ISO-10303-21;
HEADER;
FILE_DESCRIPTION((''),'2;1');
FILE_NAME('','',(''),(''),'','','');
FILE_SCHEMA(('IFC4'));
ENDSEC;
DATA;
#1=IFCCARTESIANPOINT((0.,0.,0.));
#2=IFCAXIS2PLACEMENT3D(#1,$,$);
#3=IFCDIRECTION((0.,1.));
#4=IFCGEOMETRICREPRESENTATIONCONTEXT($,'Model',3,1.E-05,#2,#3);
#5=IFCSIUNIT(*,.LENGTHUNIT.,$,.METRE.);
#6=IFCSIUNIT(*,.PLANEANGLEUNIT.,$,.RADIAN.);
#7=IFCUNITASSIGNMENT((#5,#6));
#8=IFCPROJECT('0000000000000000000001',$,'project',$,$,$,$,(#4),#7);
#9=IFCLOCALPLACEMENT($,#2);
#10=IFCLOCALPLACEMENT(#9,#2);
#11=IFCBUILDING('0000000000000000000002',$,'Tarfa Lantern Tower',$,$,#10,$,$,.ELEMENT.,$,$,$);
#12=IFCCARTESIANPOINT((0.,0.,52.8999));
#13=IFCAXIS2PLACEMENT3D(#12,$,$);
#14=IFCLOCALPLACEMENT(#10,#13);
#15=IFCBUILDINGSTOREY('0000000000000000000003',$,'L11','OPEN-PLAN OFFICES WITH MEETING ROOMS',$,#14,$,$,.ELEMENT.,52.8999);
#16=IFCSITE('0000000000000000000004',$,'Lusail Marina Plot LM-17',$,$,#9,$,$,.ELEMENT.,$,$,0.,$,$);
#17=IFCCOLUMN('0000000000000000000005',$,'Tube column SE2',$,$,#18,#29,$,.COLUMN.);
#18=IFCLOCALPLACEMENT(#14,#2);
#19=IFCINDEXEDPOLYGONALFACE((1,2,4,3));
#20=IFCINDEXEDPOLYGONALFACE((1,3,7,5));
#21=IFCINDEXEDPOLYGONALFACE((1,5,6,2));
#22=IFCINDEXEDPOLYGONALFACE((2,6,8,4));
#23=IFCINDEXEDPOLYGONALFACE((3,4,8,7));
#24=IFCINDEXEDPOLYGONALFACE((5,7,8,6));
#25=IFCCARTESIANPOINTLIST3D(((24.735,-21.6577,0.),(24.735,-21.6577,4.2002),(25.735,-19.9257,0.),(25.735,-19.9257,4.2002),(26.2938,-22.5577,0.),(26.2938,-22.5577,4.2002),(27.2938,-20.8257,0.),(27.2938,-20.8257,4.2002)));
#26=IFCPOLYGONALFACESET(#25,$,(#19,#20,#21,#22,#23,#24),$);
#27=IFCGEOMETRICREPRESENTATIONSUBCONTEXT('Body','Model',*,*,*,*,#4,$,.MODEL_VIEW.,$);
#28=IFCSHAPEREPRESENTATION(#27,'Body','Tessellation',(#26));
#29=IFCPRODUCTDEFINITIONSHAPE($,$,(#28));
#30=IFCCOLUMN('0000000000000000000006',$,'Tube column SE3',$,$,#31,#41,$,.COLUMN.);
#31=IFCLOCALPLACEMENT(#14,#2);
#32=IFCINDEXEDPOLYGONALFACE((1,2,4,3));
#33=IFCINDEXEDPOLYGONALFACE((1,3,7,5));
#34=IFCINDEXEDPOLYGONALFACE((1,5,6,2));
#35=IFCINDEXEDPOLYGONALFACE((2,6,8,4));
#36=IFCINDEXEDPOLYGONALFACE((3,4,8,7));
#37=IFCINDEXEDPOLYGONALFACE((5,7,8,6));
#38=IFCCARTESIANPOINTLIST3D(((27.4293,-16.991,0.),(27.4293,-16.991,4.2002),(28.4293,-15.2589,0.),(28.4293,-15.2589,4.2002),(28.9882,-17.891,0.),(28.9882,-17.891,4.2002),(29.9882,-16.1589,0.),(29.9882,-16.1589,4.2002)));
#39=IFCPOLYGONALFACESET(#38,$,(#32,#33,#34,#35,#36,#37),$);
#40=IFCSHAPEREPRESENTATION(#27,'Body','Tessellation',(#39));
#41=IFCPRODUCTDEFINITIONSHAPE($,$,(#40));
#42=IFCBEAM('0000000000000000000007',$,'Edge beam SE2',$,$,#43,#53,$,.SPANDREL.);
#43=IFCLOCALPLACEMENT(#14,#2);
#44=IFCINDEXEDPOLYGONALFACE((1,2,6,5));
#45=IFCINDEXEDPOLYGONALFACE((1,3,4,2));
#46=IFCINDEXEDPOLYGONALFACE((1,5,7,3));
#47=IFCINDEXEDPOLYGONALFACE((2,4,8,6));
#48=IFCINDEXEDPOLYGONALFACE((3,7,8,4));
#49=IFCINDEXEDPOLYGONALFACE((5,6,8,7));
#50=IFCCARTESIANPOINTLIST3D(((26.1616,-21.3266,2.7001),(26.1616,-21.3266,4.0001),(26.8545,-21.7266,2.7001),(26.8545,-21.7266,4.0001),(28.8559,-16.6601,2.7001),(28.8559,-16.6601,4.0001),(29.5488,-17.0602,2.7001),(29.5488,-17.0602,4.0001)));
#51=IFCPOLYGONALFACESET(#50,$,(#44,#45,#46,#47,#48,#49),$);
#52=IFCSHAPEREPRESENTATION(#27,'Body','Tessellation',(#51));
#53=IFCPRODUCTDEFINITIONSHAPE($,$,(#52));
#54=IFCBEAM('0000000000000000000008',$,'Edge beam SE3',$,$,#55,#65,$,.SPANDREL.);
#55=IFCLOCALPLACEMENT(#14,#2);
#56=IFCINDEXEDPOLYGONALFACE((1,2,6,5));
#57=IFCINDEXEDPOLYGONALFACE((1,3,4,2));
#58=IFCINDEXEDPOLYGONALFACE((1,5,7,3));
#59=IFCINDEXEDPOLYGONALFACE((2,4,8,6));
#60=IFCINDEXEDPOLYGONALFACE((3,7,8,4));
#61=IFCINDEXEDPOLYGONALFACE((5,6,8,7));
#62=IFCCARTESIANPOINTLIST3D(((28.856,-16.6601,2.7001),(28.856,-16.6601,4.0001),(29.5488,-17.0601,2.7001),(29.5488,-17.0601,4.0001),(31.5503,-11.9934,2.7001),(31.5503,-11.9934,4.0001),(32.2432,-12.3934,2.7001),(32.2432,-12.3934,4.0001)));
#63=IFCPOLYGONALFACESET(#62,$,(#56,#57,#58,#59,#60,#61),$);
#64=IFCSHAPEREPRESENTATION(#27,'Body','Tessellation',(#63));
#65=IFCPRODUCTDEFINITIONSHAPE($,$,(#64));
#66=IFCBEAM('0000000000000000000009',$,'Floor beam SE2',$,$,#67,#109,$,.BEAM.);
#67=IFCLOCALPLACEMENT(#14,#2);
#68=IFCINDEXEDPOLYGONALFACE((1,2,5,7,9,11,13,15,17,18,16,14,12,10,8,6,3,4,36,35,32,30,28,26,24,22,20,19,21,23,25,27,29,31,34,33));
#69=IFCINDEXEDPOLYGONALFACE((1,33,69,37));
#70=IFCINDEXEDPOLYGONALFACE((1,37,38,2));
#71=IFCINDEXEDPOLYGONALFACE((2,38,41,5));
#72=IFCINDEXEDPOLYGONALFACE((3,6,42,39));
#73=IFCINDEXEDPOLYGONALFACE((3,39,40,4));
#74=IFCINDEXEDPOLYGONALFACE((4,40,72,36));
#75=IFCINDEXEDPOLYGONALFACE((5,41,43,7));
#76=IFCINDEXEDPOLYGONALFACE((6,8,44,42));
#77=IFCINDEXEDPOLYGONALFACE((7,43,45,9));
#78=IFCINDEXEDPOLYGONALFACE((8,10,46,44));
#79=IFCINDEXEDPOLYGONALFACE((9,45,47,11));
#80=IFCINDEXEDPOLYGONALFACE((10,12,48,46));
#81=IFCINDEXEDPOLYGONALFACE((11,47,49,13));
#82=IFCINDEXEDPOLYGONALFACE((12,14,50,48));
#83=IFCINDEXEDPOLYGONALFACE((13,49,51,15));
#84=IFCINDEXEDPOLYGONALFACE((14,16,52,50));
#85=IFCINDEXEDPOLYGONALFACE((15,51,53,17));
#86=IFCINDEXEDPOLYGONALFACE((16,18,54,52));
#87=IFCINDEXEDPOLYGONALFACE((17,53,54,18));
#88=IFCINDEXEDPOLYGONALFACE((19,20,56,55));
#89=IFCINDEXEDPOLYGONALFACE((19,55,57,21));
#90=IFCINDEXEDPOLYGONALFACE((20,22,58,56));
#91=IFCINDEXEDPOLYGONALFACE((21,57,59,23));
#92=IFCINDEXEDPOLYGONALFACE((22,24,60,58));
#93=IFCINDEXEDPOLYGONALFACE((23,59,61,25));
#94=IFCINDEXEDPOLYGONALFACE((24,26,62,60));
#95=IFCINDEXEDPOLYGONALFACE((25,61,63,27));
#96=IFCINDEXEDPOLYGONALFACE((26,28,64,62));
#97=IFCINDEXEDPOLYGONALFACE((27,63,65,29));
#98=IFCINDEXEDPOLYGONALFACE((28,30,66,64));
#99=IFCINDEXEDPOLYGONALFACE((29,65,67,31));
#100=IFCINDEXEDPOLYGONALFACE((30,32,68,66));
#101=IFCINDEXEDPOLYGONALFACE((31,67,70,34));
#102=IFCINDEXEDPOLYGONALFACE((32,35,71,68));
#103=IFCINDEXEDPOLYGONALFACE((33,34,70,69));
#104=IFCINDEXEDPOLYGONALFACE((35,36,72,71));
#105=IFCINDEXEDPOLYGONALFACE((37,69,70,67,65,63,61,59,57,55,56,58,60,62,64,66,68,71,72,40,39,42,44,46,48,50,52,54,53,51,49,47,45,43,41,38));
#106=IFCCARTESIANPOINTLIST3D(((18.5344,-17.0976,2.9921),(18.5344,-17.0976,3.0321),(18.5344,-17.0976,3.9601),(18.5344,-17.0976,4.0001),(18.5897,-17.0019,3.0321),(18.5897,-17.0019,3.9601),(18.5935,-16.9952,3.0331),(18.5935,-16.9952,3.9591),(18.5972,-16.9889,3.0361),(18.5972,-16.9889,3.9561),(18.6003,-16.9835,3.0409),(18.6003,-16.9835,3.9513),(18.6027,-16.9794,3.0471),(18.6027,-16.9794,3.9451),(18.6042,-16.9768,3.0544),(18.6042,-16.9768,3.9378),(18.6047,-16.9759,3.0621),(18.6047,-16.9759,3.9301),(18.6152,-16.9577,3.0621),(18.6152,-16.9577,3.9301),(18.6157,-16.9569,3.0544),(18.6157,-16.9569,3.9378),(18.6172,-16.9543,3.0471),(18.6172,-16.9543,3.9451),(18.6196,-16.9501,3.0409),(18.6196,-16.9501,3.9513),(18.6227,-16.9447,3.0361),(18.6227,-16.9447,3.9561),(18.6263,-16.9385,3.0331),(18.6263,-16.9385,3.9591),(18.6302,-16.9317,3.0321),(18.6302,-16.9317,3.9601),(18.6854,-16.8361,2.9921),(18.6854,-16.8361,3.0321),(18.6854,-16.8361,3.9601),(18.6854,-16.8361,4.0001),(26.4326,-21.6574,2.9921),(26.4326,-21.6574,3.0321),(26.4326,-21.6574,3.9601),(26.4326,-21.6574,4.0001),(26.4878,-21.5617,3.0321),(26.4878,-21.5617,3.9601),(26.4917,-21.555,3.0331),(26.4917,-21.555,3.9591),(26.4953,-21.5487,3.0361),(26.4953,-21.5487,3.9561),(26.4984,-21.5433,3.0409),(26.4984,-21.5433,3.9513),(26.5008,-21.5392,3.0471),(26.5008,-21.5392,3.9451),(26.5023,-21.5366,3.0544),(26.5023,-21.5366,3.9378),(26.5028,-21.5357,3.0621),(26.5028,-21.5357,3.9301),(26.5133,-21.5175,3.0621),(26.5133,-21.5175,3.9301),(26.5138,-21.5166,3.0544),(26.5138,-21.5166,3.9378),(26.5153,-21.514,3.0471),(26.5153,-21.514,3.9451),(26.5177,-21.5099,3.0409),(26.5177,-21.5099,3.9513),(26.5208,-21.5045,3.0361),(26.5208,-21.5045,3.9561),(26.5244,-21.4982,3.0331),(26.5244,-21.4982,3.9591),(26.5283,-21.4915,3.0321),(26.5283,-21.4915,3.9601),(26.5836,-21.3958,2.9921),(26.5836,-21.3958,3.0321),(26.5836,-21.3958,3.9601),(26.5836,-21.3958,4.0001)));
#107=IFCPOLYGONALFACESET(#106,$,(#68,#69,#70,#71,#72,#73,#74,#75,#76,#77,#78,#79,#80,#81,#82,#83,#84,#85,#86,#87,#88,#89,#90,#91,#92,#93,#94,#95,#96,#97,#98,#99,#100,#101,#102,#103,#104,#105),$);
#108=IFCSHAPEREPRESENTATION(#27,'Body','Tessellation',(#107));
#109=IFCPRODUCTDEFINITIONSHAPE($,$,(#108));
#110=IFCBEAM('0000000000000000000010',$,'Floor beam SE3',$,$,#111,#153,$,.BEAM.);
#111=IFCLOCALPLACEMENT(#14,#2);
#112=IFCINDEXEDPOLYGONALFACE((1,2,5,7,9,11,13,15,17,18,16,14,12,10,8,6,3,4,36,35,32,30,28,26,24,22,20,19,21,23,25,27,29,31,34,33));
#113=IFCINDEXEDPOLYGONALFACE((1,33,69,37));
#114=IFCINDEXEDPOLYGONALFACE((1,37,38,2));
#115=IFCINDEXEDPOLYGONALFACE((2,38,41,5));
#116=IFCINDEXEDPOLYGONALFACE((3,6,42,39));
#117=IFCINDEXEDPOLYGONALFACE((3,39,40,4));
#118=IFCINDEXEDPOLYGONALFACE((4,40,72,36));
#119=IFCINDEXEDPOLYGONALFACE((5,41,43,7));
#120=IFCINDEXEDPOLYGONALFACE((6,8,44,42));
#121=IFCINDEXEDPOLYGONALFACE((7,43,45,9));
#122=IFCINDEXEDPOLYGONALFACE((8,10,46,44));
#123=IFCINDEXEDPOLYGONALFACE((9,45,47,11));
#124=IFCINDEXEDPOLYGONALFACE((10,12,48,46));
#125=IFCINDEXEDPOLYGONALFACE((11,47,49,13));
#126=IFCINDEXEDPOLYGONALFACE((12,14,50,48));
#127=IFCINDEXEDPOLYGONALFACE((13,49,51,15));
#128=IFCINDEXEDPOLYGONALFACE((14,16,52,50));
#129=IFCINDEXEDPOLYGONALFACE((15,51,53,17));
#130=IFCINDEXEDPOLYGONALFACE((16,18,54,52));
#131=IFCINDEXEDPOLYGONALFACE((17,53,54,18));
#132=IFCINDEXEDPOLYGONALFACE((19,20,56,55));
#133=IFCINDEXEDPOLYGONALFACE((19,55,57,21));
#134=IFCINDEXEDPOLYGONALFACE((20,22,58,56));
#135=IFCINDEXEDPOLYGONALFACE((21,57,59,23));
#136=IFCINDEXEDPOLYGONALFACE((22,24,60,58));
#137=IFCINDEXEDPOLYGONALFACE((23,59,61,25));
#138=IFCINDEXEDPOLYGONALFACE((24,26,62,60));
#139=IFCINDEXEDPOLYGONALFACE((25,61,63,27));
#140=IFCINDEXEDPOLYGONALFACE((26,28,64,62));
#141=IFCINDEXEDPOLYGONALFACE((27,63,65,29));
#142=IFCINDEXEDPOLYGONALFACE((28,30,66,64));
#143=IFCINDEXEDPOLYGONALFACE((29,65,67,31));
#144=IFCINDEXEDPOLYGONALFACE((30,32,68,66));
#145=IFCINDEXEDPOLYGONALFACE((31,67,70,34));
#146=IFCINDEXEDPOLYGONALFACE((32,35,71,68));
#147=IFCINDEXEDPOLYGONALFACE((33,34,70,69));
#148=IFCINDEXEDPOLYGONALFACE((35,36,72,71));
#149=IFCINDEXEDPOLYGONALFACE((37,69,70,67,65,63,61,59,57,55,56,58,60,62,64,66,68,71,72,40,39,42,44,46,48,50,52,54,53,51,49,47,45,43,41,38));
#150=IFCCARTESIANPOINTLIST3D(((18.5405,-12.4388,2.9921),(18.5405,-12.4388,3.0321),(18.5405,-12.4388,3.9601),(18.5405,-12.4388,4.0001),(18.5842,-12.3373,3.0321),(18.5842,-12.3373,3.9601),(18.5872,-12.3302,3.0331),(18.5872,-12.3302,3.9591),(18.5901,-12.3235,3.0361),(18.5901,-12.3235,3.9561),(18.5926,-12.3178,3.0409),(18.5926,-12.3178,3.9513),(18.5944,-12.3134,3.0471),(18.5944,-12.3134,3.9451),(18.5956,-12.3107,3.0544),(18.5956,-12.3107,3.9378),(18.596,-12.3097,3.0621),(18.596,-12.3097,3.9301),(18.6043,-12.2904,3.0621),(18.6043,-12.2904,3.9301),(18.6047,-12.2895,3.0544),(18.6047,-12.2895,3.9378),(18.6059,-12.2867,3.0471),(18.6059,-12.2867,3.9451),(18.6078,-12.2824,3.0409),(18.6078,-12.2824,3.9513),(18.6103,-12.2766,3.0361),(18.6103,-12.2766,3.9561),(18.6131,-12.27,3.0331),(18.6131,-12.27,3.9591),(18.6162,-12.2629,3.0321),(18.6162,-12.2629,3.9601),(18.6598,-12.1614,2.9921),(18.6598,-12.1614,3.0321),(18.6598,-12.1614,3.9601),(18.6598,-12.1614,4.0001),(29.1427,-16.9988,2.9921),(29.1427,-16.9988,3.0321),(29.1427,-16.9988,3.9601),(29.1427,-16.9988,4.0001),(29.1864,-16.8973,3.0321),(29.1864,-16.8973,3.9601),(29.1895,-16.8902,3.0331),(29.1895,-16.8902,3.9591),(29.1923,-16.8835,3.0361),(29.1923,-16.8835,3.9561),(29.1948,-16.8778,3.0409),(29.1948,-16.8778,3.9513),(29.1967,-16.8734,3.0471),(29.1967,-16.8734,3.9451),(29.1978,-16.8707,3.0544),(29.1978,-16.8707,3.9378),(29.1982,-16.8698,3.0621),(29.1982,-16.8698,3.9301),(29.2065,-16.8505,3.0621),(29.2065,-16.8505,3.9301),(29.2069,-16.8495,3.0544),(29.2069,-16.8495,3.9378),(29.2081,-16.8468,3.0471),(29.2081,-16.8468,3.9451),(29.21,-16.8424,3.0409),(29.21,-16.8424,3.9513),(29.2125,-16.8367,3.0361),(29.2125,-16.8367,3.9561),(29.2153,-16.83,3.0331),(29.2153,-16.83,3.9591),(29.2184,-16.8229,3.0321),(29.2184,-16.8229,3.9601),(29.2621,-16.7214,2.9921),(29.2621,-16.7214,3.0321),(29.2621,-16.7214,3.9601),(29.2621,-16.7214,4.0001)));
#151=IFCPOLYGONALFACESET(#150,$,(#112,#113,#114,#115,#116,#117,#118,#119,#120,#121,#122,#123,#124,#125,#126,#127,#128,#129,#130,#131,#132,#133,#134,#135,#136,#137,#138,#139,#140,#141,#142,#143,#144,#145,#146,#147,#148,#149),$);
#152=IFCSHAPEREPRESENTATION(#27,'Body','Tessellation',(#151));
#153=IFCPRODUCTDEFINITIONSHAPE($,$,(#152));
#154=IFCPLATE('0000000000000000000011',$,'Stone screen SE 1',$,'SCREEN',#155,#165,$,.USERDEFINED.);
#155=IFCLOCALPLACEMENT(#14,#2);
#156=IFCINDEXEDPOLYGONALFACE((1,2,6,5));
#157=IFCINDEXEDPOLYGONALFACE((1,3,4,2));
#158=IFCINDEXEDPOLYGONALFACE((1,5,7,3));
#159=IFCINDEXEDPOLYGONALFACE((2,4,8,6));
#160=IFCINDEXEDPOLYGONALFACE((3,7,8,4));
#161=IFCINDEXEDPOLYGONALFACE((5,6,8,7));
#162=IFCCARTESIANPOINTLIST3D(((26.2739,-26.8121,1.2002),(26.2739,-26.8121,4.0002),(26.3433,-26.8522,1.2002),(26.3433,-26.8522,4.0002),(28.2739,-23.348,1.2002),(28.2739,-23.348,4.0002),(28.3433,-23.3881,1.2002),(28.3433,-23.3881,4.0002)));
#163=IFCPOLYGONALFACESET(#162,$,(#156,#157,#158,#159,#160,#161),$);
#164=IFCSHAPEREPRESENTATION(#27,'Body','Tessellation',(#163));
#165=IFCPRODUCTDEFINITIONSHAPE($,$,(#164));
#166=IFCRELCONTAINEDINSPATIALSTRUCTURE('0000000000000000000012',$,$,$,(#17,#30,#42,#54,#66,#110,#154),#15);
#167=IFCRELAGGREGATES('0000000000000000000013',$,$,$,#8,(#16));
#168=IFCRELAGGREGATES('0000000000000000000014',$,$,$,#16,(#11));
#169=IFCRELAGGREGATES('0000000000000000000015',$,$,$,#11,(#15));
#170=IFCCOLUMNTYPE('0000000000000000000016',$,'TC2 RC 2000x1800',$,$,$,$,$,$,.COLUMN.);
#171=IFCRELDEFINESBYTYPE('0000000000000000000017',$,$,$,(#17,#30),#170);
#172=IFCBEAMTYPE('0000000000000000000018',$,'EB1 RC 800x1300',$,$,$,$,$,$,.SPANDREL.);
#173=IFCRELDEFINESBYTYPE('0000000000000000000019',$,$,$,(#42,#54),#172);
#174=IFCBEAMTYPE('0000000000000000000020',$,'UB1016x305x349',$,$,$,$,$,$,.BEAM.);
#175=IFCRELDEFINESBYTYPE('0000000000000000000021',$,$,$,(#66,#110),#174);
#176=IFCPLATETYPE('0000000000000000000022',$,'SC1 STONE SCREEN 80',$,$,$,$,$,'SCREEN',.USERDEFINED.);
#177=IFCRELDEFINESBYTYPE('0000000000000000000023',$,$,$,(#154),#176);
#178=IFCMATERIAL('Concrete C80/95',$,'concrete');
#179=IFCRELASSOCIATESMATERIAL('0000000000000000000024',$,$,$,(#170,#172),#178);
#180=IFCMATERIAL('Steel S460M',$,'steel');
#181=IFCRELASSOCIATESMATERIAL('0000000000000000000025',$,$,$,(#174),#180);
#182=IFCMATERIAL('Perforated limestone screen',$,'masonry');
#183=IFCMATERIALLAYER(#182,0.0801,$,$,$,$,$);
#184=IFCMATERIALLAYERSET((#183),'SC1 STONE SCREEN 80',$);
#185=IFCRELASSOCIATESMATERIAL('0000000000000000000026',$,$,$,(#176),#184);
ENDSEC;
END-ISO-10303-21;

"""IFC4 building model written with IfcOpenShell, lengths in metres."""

from ifc_helpers import new_model, si_unit, direction, frame, origin, origin_2d, place, context, subcontext, project, spatial, rectangle, i_section, extrude, material, layer, layer_set, material_profile, profile_set, type_object, element, save


model = new_model("IFC4")

# Units and contexts
model_context = context("Model", 3, precision=1e-05, world=origin(), true_north=direction((0.0, 1.0)))
body_context = subcontext(model_context, "Body", "Model", "MODEL_VIEW")
ifc_project = project(units=[si_unit("LENGTHUNIT", "METRE"), si_unit("PLANEANGLEUNIT", "RADIAN")], contexts=[model_context])

# Site, building, storey
site_placement = place(None, origin())
site = spatial("IfcSite", under=ifc_project, at=site_placement, Name="Lusail Marina Plot LM-17", CompositionType="ELEMENT", RefElevation=0.0)
building_placement = place(site_placement, origin())
building = spatial("IfcBuilding", under=site, at=building_placement, Name="Tarfa Lantern Tower", CompositionType="ELEMENT")
storey_placement = place(building_placement, frame((0.0, 0.0, 52.8999)))
storey = spatial("IfcBuildingStorey", under=building, at=storey_placement, Name="L11", Description="OPEN-PLAN OFFICES WITH MEETING ROOMS", CompositionType="ELEMENT", Elevation=52.8999)

# Columns
ifc_material_1 = material(Name="Concrete C80/95", Category="concrete")
ifc_material_profile_1 = material_profile(ifc_material_1, rectangle(XDim=2.0, YDim=1.8, at=origin_2d()), Name="RC 2000x1800")
ifc_profile_set_1 = profile_set([ifc_material_profile_1], Name="Concrete C80/95")
column_type = type_object("IfcColumnType", Name="TC2 RC 2000x1800", PredefinedType="COLUMN", material=ifc_profile_set_1)
for number, where, z_axis, x_axis, name in (
    (1, (26.0144, -21.2417, 0.0), (0.0, 0.0, 1.0), (0.5, 0.866025, 0.0), "Tube column SE2"),
    (2, (28.7087, -16.575, 0.0), (0.0, 0.0, 1.0), (0.5, 0.866025, 0.0), "Tube column SE3"),
):
    element("IfcColumn", number, at=place(storey_placement, frame(where, z_axis=z_axis, x_axis=x_axis)), inside=storey, type_object=column_type, Name=name, PredefinedType="COLUMN", context=body_context, shape_type="SweptSolid", body=[
        extrude(rectangle(XDim=2.0, YDim=1.8, at=origin_2d()), origin(), (0.0, 0.0, 1.0), 4.2002),
    ])

# Beams
ifc_material_profile_2 = material_profile(ifc_material_1, rectangle(XDim=0.8, YDim=1.3, at=origin_2d()), Name="RC 800x1300")
ifc_profile_set_2 = profile_set([ifc_material_profile_2], Name="Concrete C80/95")
beam_type_1 = type_object("IfcBeamType", Name="EB1 RC 800x1300", PredefinedType="SPANDREL", material=ifc_profile_set_2)
beam_1_placement = place(storey_placement, frame((26.5081, -21.5266, 3.3501), z_axis=(0.500018, 0.866015, 0.0), x_axis=(-0.866015, 0.500018, 0.0)))
element("IfcBeam", 3, at=beam_1_placement, inside=storey, type_object=beam_type_1, Name="Edge beam SE2", PredefinedType="SPANDREL", context=body_context, shape_type="SweptSolid", body=[
    extrude(rectangle(XDim=0.8, YDim=1.3, at=origin_2d()), origin(), (0.0, 0.0, 1.0), 5.3884),
])
beam_2_placement = place(storey_placement, frame((29.2024, -16.8601, 3.3501), z_axis=(0.499998, 0.866026, 0.0), x_axis=(-0.866026, 0.499998, 0.0)))
element("IfcBeam", 4, at=beam_2_placement, inside=storey, type_object=beam_type_1, Name="Edge beam SE3", PredefinedType="SPANDREL", context=body_context, shape_type="SweptSolid", body=[
    extrude(rectangle(XDim=0.8, YDim=1.3, at=origin_2d()), origin(), (0.0, 0.0, 1.0), 5.3887),
])
ifc_material_2 = material(Name="Steel S460M", Category="steel")
ifc_material_profile_3 = material_profile(ifc_material_2, i_section(OverallWidth=0.302, OverallDepth=1.0081, WebThickness=0.021, FlangeThickness=0.04, FilletRadius=0.03, at=origin_2d()), Name="UB1016x305x349")
ifc_profile_set_3 = profile_set([ifc_material_profile_3], Name="Steel S460M")
beam_type_2 = type_object("IfcBeamType", Name="UB1016x305x349", PredefinedType="BEAM", material=ifc_profile_set_3)
beam_3_placement = place(storey_placement, frame((26.5081, -21.5266, 3.4961), z_axis=(-0.866035, 0.499983, 0.0), x_axis=(-0.499983, -0.866035, 0.0)))
element("IfcBeam", 5, at=beam_3_placement, inside=storey, type_object=beam_type_2, Name="Floor beam SE2", PredefinedType="BEAM", context=body_context, shape_type="SweptSolid", body=[
    extrude(i_section(OverallWidth=0.302, OverallDepth=1.0081, WebThickness=0.021, FlangeThickness=0.04, FilletRadius=0.03, at=origin_2d()), origin(), (0.0, 0.0, 1.0), 9.1199),
])
beam_4_placement = place(storey_placement, frame((29.2024, -16.8601, 3.4961), z_axis=(-0.918635, 0.395106, 0.0), x_axis=(-0.395106, -0.918635, 0.0)))
element("IfcBeam", 6, at=beam_4_placement, inside=storey, type_object=beam_type_2, Name="Floor beam SE3", PredefinedType="BEAM", context=body_context, shape_type="SweptSolid", body=[
    extrude(i_section(OverallWidth=0.302, OverallDepth=1.0081, WebThickness=0.021, FlangeThickness=0.04, FilletRadius=0.03, at=origin_2d()), origin(), (0.0, 0.0, 1.0), 11.5413),
])

# Plate
ifc_material_3 = material(Name="Perforated limestone screen", Category="masonry")
ifc_layer_1 = layer(ifc_material_3, 0.0801)
ifc_layer_set_1 = layer_set([ifc_layer_1], Name="SC1 STONE SCREEN 80")
plate_type = type_object("IfcPlateType", Name="SC1 STONE SCREEN 80", ElementType="SCREEN", PredefinedType="USERDEFINED", material=ifc_layer_set_1)
plate_placement = place(storey_placement, frame((27.3086, -25.1001, 1.2002), z_axis=(0.0, 0.0, 1.0), x_axis=(0.5, 0.866025, 0.0)))
element("IfcPlate", 7, at=plate_placement, inside=storey, type_object=plate_type, Name="Stone screen SE 1", ObjectType="SCREEN", PredefinedType="USERDEFINED", context=body_context, shape_type="SweptSolid", body=[
    extrude(rectangle(XDim=4.0, YDim=0.0801, at=origin_2d()), origin(), (0.0, 0.0, 1.0), 2.8),
])

save(model, "model.ifc")
